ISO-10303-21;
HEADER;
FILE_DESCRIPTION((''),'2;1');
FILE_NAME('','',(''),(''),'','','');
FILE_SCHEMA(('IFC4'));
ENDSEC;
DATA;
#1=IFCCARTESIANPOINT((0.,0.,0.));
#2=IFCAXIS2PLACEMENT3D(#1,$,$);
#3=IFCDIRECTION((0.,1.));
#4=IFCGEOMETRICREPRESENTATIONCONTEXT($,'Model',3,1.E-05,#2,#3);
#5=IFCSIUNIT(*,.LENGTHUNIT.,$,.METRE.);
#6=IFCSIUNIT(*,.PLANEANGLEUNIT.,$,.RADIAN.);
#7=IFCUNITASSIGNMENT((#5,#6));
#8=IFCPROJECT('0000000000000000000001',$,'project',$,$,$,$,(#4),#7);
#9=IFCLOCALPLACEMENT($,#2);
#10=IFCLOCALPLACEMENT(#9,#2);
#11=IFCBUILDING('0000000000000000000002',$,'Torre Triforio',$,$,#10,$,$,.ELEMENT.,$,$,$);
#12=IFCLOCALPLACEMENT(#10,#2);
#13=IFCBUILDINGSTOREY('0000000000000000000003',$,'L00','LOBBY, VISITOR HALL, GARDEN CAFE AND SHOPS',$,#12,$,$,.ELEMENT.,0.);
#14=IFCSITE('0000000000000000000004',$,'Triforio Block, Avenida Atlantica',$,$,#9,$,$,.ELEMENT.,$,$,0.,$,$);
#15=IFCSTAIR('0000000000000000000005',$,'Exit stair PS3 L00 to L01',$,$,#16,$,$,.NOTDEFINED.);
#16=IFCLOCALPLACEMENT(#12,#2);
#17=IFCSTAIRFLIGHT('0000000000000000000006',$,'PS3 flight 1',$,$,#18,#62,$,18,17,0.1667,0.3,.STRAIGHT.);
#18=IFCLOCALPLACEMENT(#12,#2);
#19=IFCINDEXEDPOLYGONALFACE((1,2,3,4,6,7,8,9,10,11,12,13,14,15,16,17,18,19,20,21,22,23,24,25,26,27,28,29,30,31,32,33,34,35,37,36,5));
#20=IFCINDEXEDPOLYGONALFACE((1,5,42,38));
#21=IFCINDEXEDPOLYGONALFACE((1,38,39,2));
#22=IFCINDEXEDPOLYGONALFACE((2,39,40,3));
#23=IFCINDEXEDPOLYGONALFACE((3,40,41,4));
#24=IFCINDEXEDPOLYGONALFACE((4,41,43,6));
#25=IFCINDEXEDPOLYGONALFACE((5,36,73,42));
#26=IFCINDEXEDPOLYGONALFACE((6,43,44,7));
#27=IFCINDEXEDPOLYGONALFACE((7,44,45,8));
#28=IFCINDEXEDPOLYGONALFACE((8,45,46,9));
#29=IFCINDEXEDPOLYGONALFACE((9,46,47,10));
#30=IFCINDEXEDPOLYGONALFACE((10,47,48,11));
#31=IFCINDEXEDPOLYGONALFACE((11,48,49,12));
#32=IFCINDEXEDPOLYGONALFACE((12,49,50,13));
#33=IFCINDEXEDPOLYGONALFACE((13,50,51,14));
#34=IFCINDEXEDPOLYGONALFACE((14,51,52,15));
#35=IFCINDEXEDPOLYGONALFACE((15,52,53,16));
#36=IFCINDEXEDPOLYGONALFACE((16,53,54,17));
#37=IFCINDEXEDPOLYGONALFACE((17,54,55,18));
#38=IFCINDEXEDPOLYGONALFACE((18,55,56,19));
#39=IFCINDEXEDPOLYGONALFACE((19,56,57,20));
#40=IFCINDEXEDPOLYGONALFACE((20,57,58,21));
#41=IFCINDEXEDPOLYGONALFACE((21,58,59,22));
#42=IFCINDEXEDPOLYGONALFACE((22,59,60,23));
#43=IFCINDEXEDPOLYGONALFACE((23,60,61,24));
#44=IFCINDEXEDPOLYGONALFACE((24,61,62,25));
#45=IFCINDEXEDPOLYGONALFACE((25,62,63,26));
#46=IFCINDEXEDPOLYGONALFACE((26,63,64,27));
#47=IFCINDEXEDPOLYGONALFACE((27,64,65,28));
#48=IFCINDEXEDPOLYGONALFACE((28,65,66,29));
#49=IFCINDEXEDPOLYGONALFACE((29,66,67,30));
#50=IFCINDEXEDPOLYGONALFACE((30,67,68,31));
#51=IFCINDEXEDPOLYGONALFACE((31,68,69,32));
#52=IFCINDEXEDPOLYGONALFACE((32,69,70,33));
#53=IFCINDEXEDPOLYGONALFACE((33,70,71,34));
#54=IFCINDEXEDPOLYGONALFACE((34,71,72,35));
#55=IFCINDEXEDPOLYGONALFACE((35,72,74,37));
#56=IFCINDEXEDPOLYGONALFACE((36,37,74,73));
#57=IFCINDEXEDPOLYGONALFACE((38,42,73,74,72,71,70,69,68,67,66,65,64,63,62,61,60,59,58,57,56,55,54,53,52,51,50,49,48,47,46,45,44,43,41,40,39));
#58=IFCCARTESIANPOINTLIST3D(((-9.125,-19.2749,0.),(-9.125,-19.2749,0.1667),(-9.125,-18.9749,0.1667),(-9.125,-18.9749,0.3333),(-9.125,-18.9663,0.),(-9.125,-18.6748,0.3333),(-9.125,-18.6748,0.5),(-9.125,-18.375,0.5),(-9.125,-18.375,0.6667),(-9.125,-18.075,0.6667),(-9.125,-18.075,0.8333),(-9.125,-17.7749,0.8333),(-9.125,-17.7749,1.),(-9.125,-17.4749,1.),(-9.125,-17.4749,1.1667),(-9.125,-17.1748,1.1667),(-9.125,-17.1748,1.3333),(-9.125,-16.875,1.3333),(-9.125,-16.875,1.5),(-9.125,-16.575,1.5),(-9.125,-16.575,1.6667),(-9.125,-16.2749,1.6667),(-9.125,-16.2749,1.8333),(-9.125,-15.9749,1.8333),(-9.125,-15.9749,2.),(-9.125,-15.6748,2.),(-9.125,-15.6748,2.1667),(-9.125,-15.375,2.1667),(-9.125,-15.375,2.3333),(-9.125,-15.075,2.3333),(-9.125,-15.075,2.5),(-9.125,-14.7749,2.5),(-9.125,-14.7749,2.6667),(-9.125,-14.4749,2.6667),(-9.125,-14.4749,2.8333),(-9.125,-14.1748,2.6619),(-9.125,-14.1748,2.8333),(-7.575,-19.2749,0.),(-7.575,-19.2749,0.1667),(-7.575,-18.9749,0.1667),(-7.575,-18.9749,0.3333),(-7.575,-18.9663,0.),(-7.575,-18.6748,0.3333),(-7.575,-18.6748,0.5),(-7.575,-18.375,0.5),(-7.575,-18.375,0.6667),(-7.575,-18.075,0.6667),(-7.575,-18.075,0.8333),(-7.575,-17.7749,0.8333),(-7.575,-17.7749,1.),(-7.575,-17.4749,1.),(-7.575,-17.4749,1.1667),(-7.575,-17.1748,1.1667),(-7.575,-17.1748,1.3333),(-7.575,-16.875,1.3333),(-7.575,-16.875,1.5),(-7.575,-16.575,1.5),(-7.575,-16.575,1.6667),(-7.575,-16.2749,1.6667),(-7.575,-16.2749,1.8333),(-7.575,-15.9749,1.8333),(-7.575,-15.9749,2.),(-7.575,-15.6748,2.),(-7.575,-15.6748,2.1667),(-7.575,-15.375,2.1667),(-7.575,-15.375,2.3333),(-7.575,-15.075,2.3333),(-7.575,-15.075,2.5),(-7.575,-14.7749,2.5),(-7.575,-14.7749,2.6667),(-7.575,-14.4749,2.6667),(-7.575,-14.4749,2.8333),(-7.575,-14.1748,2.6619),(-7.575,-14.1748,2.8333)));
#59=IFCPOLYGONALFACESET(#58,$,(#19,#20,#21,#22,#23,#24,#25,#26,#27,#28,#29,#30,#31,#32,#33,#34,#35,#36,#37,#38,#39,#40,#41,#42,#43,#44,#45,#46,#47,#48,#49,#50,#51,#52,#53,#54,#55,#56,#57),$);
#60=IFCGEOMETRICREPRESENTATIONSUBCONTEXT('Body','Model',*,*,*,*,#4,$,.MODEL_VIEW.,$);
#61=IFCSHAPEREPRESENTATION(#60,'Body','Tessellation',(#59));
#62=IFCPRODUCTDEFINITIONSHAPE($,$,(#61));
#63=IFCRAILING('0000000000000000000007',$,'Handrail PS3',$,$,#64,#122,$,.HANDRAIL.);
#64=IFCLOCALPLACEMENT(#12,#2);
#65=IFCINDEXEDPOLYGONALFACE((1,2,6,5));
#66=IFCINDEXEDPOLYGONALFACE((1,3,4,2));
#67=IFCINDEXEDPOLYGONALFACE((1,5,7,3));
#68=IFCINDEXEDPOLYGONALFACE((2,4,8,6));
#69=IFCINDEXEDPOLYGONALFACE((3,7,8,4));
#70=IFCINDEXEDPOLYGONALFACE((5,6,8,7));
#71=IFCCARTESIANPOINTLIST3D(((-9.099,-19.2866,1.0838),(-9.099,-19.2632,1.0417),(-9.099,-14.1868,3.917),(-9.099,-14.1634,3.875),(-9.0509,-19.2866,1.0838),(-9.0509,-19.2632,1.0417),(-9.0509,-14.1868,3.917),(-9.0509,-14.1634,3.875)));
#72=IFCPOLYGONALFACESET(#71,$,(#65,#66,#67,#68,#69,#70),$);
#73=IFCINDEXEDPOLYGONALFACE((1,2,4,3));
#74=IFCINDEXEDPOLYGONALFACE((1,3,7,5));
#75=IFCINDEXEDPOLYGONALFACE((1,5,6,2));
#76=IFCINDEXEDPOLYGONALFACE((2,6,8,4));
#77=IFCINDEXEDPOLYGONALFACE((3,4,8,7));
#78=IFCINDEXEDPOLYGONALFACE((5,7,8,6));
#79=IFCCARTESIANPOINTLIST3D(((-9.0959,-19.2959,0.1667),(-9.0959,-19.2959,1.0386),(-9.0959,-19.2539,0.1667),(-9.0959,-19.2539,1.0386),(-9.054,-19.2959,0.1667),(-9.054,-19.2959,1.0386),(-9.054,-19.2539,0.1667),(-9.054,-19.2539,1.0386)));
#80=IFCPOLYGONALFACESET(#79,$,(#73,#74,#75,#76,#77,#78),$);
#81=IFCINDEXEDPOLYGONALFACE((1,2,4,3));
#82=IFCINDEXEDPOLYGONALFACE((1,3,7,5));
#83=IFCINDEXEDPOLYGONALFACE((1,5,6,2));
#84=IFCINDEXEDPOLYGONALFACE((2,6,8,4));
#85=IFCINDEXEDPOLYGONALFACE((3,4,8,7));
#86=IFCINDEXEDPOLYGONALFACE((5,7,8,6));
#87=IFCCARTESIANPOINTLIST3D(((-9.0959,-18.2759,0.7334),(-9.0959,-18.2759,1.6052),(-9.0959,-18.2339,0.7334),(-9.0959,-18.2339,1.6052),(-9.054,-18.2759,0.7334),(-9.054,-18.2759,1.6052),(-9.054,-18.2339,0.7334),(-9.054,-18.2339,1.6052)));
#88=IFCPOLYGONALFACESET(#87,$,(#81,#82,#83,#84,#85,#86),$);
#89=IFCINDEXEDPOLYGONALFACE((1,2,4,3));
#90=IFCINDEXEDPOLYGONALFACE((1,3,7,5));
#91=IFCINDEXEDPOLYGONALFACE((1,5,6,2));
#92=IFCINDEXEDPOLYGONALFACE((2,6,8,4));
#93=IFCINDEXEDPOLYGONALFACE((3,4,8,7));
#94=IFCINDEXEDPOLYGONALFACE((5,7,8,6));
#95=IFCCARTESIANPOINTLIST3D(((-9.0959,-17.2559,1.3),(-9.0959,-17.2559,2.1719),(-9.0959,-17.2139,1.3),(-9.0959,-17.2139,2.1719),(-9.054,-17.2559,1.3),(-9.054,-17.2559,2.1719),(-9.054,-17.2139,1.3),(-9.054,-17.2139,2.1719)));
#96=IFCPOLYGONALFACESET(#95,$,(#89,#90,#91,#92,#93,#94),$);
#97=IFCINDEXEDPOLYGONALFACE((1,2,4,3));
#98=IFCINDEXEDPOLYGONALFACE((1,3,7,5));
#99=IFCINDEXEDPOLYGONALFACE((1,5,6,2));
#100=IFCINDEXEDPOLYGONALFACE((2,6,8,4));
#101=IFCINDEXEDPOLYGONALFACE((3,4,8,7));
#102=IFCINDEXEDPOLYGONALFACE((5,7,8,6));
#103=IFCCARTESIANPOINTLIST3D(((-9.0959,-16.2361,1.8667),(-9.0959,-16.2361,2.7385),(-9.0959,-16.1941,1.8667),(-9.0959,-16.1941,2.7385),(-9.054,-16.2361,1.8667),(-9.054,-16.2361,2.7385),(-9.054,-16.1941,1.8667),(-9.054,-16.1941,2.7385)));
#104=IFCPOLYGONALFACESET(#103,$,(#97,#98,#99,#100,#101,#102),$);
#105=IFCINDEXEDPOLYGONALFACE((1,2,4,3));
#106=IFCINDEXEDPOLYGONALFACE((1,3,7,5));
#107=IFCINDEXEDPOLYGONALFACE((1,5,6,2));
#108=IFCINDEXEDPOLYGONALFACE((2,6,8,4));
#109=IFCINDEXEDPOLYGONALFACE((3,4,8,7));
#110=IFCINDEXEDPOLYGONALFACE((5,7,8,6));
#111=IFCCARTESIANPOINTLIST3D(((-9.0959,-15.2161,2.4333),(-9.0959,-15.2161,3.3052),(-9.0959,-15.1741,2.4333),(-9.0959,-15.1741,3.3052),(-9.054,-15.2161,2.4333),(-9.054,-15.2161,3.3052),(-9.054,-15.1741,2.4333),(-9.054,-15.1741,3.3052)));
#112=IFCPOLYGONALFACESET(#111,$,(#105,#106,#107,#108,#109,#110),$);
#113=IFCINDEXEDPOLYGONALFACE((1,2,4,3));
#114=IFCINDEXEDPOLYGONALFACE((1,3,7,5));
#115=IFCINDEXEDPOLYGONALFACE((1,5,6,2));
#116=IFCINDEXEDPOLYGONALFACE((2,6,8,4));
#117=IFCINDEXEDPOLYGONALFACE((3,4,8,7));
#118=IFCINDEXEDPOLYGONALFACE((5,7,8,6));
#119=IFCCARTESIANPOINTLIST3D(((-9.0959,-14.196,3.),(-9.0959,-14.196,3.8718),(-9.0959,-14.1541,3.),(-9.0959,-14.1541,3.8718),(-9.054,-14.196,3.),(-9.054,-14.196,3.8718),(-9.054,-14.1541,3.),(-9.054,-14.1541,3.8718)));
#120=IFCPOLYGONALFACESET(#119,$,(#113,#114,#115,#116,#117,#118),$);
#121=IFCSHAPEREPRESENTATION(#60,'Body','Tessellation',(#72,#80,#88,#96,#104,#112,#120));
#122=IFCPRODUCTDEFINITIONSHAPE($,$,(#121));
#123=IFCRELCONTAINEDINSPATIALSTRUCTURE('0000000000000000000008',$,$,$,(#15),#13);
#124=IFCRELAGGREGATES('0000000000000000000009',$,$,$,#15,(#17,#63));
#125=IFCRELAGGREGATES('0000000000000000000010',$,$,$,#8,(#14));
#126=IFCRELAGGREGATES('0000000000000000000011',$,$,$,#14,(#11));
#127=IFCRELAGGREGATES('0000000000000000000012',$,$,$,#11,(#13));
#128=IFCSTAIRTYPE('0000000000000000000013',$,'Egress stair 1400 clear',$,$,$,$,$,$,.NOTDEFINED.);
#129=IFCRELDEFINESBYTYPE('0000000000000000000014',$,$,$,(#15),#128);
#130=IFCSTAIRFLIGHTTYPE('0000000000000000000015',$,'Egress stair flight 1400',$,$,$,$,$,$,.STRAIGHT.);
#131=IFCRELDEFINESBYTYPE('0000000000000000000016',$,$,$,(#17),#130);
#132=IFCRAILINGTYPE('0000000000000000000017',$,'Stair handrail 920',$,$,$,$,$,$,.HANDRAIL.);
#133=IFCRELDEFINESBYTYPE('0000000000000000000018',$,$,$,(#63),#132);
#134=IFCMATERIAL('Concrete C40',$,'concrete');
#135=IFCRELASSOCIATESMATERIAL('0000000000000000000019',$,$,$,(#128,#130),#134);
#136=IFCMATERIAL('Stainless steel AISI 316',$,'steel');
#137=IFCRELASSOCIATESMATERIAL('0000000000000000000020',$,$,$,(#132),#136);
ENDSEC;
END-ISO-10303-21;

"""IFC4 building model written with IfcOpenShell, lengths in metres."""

from ifc_helpers import new_model, si_unit, direction, frame, origin, origin_2d, place, context, subcontext, project, spatial, polyline, rectangle, outline, extrude, material, type_object, element, aggregate, save


model = new_model("IFC4")

# Units and contexts
model_context = context("Model", 3, precision=1e-05, world=origin(), true_north=direction((0.0, 1.0)))
body_context = subcontext(model_context, "Body", "Model", "MODEL_VIEW")
ifc_project = project(units=[si_unit("LENGTHUNIT", "METRE"), si_unit("PLANEANGLEUNIT", "RADIAN")], contexts=[model_context])

# Site, building, storey
site_placement = place(None, origin())
site = spatial("IfcSite", under=ifc_project, at=site_placement, Name="Triforio Block, Avenida Atlantica", CompositionType="ELEMENT", RefElevation=0.0)
building_placement = place(site_placement, origin())
building = spatial("IfcBuilding", under=site, at=building_placement, Name="Torre Triforio", CompositionType="ELEMENT")
storey_placement = place(building_placement, origin())
storey = spatial("IfcBuildingStorey", under=building, at=storey_placement, Name="L00", Description="LOBBY, VISITOR HALL, GARDEN CAFE AND SHOPS", CompositionType="ELEMENT", Elevation=0.0)

# Shared definitions
ifc_material_1 = material(Name="Concrete C40", Category="concrete")

# Stair, stair flight, railing
stair_type = type_object("IfcStairType", Name="Egress stair 1400 clear", PredefinedType="NOTDEFINED", material=ifc_material_1)
stair_placement = place(storey_placement, origin())
stair = element("IfcStair", 1, at=stair_placement, inside=storey, type_object=stair_type, Name="Exit stair PS3 L00 to L01", PredefinedType="NOTDEFINED")
stair_flight_type = type_object("IfcStairFlightType", Name="Egress stair flight 1400", PredefinedType="STRAIGHT", material=ifc_material_1)
stair_flight_placement = place(storey_placement, frame((-8.3501, -19.2749, 0.0), z_axis=(0.0, 0.0, 1.0), x_axis=(0.0, 1.0, 0.0)))
stair_flight = element("IfcStairFlight", 2, at=stair_flight_placement, type_object=stair_flight_type, Name="PS3 flight 1", NumberOfRisers=18, NumberOfTreads=17, PredefinedType="STRAIGHT", RiserHeight=0.1667, TreadLength=0.3, context=body_context, shape_type="SweptSolid", body=[
    extrude(outline(polyline([(0.0, 0.0), (0.0, 0.1667), (0.3, 0.1667), (0.3, 0.3333), (0.6001, 0.3333), (0.6001, 0.5), (0.8999, 0.5), (0.8999, 0.6667), (1.2, 0.6667), (1.2, 0.8333), (1.5, 0.8333), (1.5, 1.0), (1.8, 1.0), (1.8, 1.1667), (2.1001, 1.1667), (2.1001, 1.3333), (2.3999, 1.3333), (2.3999, 1.5), (2.7, 1.5), (2.7, 1.6667), (3.0, 1.6667), (3.0, 1.8333), (3.3, 1.8333), (3.3, 2.0), (3.6001, 2.0), (3.6001, 2.1667), (3.8999, 2.1667), (3.8999, 2.3333), (4.2, 2.3333), (4.2, 2.5), (4.5, 2.5), (4.5, 2.6667), (4.8, 2.6667), (4.8, 2.8333), (5.1001, 2.8333), (5.1001, 3.0), (5.1001, 2.6619), (0.3086, 0.0), (0.0, 0.0)])), frame((0.0, 0.7749, 0.0), z_axis=(0.0, -1.0, 0.0), x_axis=(1.0, 0.0, 0.0)), (0.0, 0.0, 1.0), 1.55),
])
ifc_material_2 = material(Name="Stainless steel AISI 316", Category="steel")
railing_type = type_object("IfcRailingType", Name="Stair handrail 920", PredefinedType="HANDRAIL", material=ifc_material_2)
railing_placement = place(storey_placement, frame((-9.075, -19.2749, 0.1667)))
railing = element("IfcRailing", 3, at=railing_placement, type_object=railing_type, Name="Handrail PS3", PredefinedType="HANDRAIL", context=body_context, shape_type="SweptSolid", body=[
    extrude(rectangle(XDim=0.0481, YDim=0.0481, at=origin_2d()), frame((0.0, 0.0, 0.896), z_axis=(0.0, 0.874157, 0.485643), x_axis=(-1.0, 0.0, 0.0)), (0.0, 0.0, 1.0), 5.834),
    extrude(rectangle(XDim=0.042, YDim=0.042, at=origin_2d()), origin(), (0.0, 0.0, 1.0), 0.8718),
    extrude(rectangle(XDim=0.042, YDim=0.042, at=origin_2d()), frame((0.0, 1.02, 0.5667)), (0.0, 0.0, 1.0), 0.8718),
    extrude(rectangle(XDim=0.042, YDim=0.042, at=origin_2d()), frame((0.0, 2.04, 1.1333)), (0.0, 0.0, 1.0), 0.8718),
    extrude(rectangle(XDim=0.042, YDim=0.042, at=origin_2d()), frame((0.0, 3.0598, 1.7)), (0.0, 0.0, 1.0), 0.8718),
    extrude(rectangle(XDim=0.042, YDim=0.042, at=origin_2d()), frame((0.0, 4.0798, 2.2666)), (0.0, 0.0, 1.0), 0.8718),
    extrude(rectangle(XDim=0.042, YDim=0.042, at=origin_2d()), frame((0.0, 5.0999, 2.8333)), (0.0, 0.0, 1.0), 0.8718),
])
aggregate(stair, [stair_flight, railing])

save(model, "model.ifc")
